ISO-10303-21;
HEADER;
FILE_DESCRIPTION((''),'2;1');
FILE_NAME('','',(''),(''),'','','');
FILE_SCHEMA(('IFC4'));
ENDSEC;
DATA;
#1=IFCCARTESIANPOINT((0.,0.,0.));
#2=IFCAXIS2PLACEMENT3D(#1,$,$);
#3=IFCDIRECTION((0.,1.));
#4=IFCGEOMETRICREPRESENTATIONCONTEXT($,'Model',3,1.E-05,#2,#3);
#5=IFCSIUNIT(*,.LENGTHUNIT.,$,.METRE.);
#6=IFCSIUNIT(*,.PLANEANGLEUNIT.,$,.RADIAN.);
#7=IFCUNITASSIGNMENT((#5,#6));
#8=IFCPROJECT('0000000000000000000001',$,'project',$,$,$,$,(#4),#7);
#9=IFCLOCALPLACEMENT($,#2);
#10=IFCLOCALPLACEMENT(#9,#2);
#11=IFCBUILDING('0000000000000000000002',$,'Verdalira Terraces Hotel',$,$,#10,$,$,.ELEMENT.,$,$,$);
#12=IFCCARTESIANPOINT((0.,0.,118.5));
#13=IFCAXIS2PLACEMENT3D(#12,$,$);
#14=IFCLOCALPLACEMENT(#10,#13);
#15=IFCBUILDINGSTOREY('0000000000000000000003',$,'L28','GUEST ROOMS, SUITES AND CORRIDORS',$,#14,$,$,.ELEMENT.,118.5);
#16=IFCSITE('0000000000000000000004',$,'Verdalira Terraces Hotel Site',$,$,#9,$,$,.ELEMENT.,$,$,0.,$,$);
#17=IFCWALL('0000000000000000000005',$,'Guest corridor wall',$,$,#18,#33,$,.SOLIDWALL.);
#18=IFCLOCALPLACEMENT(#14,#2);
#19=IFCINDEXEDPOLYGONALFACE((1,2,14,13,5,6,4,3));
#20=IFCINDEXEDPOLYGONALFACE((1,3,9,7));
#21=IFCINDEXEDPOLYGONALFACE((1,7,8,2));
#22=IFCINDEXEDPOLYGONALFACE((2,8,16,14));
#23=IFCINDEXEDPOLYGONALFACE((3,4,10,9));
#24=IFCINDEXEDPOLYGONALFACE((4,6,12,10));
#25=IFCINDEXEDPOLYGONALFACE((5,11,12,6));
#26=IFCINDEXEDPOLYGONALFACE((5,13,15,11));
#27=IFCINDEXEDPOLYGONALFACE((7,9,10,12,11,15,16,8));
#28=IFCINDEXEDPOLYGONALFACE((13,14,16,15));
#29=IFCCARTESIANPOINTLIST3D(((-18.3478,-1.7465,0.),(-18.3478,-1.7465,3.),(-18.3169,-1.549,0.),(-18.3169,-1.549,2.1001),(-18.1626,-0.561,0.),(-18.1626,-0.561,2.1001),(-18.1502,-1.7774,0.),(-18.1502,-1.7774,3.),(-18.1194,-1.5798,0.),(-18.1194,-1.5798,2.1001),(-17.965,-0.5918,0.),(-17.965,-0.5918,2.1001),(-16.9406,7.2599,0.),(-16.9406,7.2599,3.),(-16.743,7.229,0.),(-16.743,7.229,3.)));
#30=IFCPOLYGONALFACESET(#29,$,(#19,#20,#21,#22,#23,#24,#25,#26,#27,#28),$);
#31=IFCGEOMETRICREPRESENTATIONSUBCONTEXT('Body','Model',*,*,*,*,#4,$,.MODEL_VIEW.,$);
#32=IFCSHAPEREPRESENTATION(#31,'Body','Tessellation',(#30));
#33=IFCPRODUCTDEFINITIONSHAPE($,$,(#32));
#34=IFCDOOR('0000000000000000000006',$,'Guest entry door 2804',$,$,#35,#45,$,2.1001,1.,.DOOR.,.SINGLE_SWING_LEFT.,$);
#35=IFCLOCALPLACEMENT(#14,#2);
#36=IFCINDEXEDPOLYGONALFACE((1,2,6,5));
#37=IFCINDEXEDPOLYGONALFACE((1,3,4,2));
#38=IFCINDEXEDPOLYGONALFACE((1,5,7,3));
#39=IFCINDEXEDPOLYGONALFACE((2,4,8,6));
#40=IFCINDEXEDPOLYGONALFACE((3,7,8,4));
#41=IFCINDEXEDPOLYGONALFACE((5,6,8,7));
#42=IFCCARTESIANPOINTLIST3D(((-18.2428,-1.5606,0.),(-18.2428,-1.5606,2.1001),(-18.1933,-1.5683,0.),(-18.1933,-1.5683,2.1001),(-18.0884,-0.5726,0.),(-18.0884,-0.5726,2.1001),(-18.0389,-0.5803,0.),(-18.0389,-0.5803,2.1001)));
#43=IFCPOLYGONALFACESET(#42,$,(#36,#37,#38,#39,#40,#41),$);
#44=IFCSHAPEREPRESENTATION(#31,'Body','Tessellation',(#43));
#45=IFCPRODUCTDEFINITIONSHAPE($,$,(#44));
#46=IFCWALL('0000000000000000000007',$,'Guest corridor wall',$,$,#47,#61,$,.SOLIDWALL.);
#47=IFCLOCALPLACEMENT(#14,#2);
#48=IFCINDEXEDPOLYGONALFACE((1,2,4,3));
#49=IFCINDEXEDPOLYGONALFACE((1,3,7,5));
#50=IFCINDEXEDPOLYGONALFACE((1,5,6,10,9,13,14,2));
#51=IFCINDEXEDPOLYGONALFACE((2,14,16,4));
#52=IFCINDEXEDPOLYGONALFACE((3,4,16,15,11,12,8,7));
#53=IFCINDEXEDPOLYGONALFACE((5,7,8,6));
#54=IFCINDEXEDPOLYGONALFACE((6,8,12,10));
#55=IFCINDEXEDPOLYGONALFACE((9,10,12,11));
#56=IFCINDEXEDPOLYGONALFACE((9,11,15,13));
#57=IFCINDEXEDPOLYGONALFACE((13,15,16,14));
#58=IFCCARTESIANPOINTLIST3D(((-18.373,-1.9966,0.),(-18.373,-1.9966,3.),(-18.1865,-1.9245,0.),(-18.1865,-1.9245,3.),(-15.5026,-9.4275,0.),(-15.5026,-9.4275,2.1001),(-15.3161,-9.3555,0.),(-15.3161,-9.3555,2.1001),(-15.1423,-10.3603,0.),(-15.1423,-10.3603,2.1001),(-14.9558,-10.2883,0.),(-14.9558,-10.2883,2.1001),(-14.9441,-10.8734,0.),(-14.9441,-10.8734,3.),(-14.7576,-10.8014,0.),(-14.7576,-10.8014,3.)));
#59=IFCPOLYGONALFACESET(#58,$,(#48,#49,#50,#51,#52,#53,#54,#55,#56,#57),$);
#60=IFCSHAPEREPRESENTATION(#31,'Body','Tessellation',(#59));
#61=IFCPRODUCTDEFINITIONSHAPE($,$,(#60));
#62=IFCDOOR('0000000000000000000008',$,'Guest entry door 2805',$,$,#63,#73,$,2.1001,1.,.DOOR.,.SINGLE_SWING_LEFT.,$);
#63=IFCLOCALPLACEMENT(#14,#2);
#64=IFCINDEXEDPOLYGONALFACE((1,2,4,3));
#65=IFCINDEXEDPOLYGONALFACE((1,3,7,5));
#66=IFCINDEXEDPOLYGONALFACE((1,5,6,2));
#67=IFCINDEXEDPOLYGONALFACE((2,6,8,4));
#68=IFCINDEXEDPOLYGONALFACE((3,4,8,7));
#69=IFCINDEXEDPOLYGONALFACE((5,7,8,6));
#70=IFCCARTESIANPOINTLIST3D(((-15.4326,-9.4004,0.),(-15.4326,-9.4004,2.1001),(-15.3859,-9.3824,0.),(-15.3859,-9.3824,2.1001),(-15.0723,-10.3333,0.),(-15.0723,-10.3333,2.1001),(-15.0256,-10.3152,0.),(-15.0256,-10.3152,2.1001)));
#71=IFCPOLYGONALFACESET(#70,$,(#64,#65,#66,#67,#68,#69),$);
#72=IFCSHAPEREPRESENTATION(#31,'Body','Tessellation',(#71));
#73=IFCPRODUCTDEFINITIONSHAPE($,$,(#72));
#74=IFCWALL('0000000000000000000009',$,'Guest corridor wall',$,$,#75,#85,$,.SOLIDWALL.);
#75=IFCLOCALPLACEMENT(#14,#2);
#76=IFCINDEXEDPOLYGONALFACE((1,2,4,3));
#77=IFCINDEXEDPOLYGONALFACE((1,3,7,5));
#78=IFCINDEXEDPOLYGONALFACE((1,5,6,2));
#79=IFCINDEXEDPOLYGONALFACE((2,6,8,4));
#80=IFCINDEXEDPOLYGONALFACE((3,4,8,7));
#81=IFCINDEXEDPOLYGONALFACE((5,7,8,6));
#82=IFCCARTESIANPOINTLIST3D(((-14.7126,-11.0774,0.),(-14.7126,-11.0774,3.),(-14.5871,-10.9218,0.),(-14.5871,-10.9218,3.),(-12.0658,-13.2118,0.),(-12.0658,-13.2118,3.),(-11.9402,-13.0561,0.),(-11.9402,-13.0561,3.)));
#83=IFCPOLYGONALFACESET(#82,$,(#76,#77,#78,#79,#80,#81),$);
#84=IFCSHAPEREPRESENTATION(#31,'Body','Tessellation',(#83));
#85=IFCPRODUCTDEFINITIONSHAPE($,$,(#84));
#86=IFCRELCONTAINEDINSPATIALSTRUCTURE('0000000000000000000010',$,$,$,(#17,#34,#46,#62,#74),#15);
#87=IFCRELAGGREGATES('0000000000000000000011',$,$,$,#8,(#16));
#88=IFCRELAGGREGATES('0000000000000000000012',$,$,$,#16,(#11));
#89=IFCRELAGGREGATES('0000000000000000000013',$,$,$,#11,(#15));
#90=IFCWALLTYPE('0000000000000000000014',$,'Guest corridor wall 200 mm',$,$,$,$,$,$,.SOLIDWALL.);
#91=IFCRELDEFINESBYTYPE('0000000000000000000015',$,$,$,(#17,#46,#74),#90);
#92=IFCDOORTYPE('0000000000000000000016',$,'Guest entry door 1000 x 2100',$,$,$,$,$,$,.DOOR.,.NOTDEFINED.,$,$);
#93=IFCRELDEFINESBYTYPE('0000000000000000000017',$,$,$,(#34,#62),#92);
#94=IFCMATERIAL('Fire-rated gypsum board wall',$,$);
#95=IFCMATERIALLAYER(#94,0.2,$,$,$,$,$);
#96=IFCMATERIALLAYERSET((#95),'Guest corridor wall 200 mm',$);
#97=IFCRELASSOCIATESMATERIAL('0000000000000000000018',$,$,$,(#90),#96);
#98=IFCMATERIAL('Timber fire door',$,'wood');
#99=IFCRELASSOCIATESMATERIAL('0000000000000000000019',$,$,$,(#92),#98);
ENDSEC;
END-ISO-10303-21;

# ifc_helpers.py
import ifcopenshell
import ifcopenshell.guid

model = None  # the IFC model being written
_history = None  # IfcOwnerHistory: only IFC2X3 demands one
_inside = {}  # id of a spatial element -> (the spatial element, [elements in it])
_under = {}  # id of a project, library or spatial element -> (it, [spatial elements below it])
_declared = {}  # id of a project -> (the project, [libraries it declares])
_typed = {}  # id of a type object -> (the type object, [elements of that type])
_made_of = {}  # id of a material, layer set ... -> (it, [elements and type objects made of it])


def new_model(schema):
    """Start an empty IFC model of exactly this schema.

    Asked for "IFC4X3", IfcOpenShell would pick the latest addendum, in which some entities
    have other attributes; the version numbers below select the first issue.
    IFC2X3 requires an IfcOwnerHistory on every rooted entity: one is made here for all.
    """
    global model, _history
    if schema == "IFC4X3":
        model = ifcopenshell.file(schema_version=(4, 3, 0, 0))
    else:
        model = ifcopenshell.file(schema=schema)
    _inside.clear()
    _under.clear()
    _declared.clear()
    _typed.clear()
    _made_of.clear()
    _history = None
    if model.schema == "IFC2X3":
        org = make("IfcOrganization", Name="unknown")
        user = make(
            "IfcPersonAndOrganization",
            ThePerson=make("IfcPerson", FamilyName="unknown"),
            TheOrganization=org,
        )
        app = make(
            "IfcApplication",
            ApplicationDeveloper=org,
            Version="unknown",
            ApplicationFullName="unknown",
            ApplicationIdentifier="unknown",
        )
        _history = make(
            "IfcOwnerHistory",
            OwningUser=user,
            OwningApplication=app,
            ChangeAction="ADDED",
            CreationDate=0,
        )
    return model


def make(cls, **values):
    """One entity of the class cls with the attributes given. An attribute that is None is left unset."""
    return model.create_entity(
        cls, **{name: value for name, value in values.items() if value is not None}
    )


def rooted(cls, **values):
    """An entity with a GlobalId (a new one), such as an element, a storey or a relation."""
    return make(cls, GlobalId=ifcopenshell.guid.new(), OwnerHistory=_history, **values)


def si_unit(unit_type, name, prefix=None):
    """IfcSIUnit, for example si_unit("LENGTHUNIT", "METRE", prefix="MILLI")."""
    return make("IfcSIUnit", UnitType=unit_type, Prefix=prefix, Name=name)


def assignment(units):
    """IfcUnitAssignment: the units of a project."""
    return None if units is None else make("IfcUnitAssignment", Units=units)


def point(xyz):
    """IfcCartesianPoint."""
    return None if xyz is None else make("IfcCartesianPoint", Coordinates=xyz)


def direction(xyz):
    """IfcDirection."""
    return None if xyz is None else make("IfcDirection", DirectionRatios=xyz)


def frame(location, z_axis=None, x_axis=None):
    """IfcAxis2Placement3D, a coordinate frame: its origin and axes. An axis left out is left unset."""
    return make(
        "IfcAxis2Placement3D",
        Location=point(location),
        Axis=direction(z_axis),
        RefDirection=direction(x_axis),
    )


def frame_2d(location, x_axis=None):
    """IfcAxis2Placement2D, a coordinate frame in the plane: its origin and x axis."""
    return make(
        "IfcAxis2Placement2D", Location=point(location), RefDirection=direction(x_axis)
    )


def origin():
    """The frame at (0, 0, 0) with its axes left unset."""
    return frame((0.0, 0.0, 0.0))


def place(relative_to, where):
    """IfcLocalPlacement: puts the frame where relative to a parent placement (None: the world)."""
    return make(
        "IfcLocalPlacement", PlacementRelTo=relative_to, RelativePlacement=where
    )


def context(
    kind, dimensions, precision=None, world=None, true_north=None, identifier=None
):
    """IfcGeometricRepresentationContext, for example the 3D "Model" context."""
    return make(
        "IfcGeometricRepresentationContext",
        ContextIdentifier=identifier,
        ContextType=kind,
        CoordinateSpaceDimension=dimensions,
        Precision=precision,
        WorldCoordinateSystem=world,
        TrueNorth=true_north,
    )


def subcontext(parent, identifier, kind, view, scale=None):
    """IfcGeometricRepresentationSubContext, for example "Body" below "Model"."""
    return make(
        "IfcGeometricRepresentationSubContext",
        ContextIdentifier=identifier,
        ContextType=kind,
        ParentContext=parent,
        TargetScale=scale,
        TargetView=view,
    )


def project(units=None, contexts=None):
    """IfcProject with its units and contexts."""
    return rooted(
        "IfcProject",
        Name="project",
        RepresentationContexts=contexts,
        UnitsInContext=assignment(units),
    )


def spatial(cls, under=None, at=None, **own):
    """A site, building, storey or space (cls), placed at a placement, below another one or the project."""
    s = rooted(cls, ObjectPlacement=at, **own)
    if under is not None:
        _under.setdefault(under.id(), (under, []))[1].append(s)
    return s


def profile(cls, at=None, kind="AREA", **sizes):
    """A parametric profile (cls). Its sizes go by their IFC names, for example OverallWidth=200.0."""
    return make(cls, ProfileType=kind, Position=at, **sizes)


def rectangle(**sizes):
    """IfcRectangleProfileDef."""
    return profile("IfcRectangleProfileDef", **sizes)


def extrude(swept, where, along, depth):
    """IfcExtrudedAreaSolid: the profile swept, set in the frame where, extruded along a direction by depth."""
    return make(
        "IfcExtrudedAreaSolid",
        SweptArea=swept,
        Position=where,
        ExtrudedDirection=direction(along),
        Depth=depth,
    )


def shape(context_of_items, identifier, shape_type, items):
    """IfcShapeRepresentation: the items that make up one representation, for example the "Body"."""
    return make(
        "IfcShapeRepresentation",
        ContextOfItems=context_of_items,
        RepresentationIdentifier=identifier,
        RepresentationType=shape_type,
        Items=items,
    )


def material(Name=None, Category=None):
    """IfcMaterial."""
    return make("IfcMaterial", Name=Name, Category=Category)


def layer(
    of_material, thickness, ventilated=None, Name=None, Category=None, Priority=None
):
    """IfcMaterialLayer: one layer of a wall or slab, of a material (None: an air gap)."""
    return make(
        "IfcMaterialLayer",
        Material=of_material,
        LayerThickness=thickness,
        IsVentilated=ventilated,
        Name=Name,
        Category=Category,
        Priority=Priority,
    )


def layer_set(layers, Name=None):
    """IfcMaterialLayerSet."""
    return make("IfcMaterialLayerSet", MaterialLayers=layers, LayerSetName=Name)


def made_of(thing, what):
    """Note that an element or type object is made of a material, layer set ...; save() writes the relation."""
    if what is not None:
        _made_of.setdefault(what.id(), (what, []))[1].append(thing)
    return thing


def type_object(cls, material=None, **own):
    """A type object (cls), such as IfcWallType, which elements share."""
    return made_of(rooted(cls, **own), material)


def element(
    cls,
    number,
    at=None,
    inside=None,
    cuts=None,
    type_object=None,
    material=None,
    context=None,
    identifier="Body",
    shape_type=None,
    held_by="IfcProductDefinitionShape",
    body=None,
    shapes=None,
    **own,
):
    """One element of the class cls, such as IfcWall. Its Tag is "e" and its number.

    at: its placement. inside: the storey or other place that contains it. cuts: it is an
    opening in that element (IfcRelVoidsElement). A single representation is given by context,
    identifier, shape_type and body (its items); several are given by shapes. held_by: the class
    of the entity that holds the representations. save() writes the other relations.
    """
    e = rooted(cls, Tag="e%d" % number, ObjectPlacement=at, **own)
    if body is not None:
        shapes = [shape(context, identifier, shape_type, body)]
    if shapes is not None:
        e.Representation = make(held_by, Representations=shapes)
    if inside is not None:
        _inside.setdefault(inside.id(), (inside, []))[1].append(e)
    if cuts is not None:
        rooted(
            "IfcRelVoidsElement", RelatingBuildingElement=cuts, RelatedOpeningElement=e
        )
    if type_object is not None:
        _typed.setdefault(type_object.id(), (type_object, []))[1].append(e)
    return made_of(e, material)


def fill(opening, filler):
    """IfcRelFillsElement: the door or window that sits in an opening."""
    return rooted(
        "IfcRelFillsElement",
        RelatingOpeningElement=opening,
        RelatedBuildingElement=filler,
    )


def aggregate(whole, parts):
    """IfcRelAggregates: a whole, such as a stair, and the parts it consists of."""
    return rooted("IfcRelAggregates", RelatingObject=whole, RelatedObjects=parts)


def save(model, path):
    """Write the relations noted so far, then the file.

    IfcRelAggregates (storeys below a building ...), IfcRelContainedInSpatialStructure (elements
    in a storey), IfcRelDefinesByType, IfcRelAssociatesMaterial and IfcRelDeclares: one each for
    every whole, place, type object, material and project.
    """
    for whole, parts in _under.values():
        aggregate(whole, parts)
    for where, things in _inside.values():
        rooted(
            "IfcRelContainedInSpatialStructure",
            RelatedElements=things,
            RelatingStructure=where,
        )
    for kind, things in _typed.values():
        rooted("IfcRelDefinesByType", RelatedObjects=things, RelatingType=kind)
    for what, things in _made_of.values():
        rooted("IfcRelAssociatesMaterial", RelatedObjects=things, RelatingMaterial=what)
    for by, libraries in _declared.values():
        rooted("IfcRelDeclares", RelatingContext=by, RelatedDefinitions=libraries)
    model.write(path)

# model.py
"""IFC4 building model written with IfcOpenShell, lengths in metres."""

from ifc_helpers import new_model, si_unit, direction, frame, frame_2d, origin, place, context, subcontext, project, spatial, rectangle, extrude, material, layer, layer_set, type_object, element, fill, save


model = new_model("IFC4")

# Units and contexts
model_context = context("Model", 3, precision=1e-05, world=origin(), true_north=direction((0.0, 1.0)))
body_context = subcontext(model_context, "Body", "Model", "MODEL_VIEW")
ifc_project = project(units=[si_unit("LENGTHUNIT", "METRE"), si_unit("PLANEANGLEUNIT", "RADIAN")], contexts=[model_context])

# Site, building, storey
site_placement = place(None, origin())
site = spatial("IfcSite", under=ifc_project, at=site_placement, Name="Verdalira Terraces Hotel Site", CompositionType="ELEMENT", RefElevation=0.0)
building_placement = place(site_placement, origin())
building = spatial("IfcBuilding", under=site, at=building_placement, Name="Verdalira Terraces Hotel", CompositionType="ELEMENT")
storey_placement = place(building_placement, frame((0.0, 0.0, 118.5)))
storey = spatial("IfcBuildingStorey", under=building, at=storey_placement, Name="L28", Description="GUEST ROOMS, SUITES AND CORRIDORS", CompositionType="ELEMENT", Elevation=118.5)

# Walls, openings, doors
ifc_material_1 = material(Name="Fire-rated gypsum board wall")
ifc_layer_1 = layer(ifc_material_1, 0.2)
ifc_layer_set_1 = layer_set([ifc_layer_1], Name="Guest corridor wall 200 mm")
wall_type_1 = type_object("IfcWallType", Name="Guest corridor wall 200 mm", PredefinedType="SOLIDWALL", material=ifc_layer_set_1)
wall_1_placement = place(storey_placement, frame((-18.249, -1.762, 0.0), z_axis=(0.0, 0.0, 1.0), x_axis=(0.154375, 0.988012, 0.0)))
wall_1 = element("IfcWall", 1, at=wall_1_placement, inside=storey, type_object=wall_type_1, Name="Guest corridor wall", PredefinedType="SOLIDWALL", context=body_context, shape_type="SweptSolid", body=[
    extrude(rectangle(XDim=9.1157, YDim=0.2, at=frame_2d((4.5579, 0.0))), origin(), (0.0, 0.0, 1.0), 3.0),
])
opening_1_placement = place(wall_1_placement, frame((0.2, 0.0, 0.0)))
opening_1 = element("IfcOpeningElement", 2, at=opening_1_placement, cuts=wall_1, PredefinedType="OPENING", context=body_context, shape_type="SweptSolid", body=[
    extrude(rectangle(XDim=1.0, YDim=2.1001, at=frame_2d((0.5, 1.05))), frame((0.0, 0.1099, 0.0), z_axis=(0.0, -1.0, 0.0), x_axis=(1.0, 0.0, 0.0)), (0.0, 0.0, 1.0), 0.22),
])
ifc_material_2 = material(Name="Timber fire door", Category="wood")
door_type_1 = type_object("IfcDoorType", Name="Guest entry door 1000 x 2100", OperationType="NOTDEFINED", PredefinedType="DOOR", material=ifc_material_2)
door_1_placement = place(opening_1_placement, origin())
door_1 = element("IfcDoor", 3, at=door_1_placement, inside=storey, type_object=door_type_1, Name="Guest entry door 2804", OperationType="SINGLE_SWING_LEFT", OverallHeight=2.1001, OverallWidth=1.0, PredefinedType="DOOR", context=body_context, shape_type="SweptSolid", body=[
    extrude(rectangle(XDim=1.0, YDim=2.1001, at=frame_2d((0.5, 1.05))), frame((0.0, 0.0249, 0.0), z_axis=(0.0, -1.0, 0.0), x_axis=(1.0, 0.0, 0.0)), (0.0, 0.0, 1.0), 0.05),
])
fill(opening_1, door_1)
wall_2_placement = place(storey_placement, frame((-14.8508, -10.8374, 0.0), z_axis=(0.0, 0.0, 1.0), x_axis=(-0.360328, 0.932826, 0.0)))
wall_2 = element("IfcWall", 4, at=wall_2_placement, inside=storey, type_object=wall_type_1, Name="Guest corridor wall", PredefinedType="SOLIDWALL", context=body_context, shape_type="SweptSolid", body=[
    extrude(rectangle(XDim=9.5161, YDim=0.2, at=frame_2d((4.7581, 0.0))), origin(), (0.0, 0.0, 1.0), 3.0),
])
opening_2_placement = place(wall_2_placement, frame((0.55, 0.0, 0.0)))
opening_2 = element("IfcOpeningElement", 5, at=opening_2_placement, cuts=wall_2, PredefinedType="OPENING", context=body_context, shape_type="SweptSolid", body=[
    extrude(rectangle(XDim=1.0, YDim=2.1001, at=frame_2d((0.5, 1.05))), frame((0.0, 0.1099, 0.0), z_axis=(0.0, -1.0, 0.0), x_axis=(1.0, 0.0, 0.0)), (0.0, 0.0, 1.0), 0.22),
])
door_2_placement = place(opening_2_placement, origin())
door_2 = element("IfcDoor", 6, at=door_2_placement, inside=storey, type_object=door_type_1, Name="Guest entry door 2805", OperationType="SINGLE_SWING_LEFT", OverallHeight=2.1001, OverallWidth=1.0, PredefinedType="DOOR", context=body_context, shape_type="SweptSolid", body=[
    extrude(rectangle(XDim=1.0, YDim=2.1001, at=frame_2d((0.5, 1.05))), frame((0.0, 0.0249, 0.0), z_axis=(0.0, -1.0, 0.0), x_axis=(1.0, 0.0, 0.0)), (0.0, 0.0, 1.0), 0.05),
])
fill(opening_2, door_2)

# Wall
wall_3_placement = place(storey_placement, frame((-14.6499, -10.9995, 0.0), z_axis=(0.0, 0.0, 1.0), x_axis=(0.778439, -0.62772, 0.0)))
element("IfcWall", 7, at=wall_3_placement, inside=storey, type_object=wall_type_1, Name="Guest corridor wall", PredefinedType="SOLIDWALL", context=body_context, shape_type="SweptSolid", body=[
    extrude(rectangle(XDim=3.4001, YDim=0.2, at=frame_2d((1.7002, 0.0))), origin(), (0.0, 0.0, 1.0), 3.0),
])

save(model, "model.ifc")
